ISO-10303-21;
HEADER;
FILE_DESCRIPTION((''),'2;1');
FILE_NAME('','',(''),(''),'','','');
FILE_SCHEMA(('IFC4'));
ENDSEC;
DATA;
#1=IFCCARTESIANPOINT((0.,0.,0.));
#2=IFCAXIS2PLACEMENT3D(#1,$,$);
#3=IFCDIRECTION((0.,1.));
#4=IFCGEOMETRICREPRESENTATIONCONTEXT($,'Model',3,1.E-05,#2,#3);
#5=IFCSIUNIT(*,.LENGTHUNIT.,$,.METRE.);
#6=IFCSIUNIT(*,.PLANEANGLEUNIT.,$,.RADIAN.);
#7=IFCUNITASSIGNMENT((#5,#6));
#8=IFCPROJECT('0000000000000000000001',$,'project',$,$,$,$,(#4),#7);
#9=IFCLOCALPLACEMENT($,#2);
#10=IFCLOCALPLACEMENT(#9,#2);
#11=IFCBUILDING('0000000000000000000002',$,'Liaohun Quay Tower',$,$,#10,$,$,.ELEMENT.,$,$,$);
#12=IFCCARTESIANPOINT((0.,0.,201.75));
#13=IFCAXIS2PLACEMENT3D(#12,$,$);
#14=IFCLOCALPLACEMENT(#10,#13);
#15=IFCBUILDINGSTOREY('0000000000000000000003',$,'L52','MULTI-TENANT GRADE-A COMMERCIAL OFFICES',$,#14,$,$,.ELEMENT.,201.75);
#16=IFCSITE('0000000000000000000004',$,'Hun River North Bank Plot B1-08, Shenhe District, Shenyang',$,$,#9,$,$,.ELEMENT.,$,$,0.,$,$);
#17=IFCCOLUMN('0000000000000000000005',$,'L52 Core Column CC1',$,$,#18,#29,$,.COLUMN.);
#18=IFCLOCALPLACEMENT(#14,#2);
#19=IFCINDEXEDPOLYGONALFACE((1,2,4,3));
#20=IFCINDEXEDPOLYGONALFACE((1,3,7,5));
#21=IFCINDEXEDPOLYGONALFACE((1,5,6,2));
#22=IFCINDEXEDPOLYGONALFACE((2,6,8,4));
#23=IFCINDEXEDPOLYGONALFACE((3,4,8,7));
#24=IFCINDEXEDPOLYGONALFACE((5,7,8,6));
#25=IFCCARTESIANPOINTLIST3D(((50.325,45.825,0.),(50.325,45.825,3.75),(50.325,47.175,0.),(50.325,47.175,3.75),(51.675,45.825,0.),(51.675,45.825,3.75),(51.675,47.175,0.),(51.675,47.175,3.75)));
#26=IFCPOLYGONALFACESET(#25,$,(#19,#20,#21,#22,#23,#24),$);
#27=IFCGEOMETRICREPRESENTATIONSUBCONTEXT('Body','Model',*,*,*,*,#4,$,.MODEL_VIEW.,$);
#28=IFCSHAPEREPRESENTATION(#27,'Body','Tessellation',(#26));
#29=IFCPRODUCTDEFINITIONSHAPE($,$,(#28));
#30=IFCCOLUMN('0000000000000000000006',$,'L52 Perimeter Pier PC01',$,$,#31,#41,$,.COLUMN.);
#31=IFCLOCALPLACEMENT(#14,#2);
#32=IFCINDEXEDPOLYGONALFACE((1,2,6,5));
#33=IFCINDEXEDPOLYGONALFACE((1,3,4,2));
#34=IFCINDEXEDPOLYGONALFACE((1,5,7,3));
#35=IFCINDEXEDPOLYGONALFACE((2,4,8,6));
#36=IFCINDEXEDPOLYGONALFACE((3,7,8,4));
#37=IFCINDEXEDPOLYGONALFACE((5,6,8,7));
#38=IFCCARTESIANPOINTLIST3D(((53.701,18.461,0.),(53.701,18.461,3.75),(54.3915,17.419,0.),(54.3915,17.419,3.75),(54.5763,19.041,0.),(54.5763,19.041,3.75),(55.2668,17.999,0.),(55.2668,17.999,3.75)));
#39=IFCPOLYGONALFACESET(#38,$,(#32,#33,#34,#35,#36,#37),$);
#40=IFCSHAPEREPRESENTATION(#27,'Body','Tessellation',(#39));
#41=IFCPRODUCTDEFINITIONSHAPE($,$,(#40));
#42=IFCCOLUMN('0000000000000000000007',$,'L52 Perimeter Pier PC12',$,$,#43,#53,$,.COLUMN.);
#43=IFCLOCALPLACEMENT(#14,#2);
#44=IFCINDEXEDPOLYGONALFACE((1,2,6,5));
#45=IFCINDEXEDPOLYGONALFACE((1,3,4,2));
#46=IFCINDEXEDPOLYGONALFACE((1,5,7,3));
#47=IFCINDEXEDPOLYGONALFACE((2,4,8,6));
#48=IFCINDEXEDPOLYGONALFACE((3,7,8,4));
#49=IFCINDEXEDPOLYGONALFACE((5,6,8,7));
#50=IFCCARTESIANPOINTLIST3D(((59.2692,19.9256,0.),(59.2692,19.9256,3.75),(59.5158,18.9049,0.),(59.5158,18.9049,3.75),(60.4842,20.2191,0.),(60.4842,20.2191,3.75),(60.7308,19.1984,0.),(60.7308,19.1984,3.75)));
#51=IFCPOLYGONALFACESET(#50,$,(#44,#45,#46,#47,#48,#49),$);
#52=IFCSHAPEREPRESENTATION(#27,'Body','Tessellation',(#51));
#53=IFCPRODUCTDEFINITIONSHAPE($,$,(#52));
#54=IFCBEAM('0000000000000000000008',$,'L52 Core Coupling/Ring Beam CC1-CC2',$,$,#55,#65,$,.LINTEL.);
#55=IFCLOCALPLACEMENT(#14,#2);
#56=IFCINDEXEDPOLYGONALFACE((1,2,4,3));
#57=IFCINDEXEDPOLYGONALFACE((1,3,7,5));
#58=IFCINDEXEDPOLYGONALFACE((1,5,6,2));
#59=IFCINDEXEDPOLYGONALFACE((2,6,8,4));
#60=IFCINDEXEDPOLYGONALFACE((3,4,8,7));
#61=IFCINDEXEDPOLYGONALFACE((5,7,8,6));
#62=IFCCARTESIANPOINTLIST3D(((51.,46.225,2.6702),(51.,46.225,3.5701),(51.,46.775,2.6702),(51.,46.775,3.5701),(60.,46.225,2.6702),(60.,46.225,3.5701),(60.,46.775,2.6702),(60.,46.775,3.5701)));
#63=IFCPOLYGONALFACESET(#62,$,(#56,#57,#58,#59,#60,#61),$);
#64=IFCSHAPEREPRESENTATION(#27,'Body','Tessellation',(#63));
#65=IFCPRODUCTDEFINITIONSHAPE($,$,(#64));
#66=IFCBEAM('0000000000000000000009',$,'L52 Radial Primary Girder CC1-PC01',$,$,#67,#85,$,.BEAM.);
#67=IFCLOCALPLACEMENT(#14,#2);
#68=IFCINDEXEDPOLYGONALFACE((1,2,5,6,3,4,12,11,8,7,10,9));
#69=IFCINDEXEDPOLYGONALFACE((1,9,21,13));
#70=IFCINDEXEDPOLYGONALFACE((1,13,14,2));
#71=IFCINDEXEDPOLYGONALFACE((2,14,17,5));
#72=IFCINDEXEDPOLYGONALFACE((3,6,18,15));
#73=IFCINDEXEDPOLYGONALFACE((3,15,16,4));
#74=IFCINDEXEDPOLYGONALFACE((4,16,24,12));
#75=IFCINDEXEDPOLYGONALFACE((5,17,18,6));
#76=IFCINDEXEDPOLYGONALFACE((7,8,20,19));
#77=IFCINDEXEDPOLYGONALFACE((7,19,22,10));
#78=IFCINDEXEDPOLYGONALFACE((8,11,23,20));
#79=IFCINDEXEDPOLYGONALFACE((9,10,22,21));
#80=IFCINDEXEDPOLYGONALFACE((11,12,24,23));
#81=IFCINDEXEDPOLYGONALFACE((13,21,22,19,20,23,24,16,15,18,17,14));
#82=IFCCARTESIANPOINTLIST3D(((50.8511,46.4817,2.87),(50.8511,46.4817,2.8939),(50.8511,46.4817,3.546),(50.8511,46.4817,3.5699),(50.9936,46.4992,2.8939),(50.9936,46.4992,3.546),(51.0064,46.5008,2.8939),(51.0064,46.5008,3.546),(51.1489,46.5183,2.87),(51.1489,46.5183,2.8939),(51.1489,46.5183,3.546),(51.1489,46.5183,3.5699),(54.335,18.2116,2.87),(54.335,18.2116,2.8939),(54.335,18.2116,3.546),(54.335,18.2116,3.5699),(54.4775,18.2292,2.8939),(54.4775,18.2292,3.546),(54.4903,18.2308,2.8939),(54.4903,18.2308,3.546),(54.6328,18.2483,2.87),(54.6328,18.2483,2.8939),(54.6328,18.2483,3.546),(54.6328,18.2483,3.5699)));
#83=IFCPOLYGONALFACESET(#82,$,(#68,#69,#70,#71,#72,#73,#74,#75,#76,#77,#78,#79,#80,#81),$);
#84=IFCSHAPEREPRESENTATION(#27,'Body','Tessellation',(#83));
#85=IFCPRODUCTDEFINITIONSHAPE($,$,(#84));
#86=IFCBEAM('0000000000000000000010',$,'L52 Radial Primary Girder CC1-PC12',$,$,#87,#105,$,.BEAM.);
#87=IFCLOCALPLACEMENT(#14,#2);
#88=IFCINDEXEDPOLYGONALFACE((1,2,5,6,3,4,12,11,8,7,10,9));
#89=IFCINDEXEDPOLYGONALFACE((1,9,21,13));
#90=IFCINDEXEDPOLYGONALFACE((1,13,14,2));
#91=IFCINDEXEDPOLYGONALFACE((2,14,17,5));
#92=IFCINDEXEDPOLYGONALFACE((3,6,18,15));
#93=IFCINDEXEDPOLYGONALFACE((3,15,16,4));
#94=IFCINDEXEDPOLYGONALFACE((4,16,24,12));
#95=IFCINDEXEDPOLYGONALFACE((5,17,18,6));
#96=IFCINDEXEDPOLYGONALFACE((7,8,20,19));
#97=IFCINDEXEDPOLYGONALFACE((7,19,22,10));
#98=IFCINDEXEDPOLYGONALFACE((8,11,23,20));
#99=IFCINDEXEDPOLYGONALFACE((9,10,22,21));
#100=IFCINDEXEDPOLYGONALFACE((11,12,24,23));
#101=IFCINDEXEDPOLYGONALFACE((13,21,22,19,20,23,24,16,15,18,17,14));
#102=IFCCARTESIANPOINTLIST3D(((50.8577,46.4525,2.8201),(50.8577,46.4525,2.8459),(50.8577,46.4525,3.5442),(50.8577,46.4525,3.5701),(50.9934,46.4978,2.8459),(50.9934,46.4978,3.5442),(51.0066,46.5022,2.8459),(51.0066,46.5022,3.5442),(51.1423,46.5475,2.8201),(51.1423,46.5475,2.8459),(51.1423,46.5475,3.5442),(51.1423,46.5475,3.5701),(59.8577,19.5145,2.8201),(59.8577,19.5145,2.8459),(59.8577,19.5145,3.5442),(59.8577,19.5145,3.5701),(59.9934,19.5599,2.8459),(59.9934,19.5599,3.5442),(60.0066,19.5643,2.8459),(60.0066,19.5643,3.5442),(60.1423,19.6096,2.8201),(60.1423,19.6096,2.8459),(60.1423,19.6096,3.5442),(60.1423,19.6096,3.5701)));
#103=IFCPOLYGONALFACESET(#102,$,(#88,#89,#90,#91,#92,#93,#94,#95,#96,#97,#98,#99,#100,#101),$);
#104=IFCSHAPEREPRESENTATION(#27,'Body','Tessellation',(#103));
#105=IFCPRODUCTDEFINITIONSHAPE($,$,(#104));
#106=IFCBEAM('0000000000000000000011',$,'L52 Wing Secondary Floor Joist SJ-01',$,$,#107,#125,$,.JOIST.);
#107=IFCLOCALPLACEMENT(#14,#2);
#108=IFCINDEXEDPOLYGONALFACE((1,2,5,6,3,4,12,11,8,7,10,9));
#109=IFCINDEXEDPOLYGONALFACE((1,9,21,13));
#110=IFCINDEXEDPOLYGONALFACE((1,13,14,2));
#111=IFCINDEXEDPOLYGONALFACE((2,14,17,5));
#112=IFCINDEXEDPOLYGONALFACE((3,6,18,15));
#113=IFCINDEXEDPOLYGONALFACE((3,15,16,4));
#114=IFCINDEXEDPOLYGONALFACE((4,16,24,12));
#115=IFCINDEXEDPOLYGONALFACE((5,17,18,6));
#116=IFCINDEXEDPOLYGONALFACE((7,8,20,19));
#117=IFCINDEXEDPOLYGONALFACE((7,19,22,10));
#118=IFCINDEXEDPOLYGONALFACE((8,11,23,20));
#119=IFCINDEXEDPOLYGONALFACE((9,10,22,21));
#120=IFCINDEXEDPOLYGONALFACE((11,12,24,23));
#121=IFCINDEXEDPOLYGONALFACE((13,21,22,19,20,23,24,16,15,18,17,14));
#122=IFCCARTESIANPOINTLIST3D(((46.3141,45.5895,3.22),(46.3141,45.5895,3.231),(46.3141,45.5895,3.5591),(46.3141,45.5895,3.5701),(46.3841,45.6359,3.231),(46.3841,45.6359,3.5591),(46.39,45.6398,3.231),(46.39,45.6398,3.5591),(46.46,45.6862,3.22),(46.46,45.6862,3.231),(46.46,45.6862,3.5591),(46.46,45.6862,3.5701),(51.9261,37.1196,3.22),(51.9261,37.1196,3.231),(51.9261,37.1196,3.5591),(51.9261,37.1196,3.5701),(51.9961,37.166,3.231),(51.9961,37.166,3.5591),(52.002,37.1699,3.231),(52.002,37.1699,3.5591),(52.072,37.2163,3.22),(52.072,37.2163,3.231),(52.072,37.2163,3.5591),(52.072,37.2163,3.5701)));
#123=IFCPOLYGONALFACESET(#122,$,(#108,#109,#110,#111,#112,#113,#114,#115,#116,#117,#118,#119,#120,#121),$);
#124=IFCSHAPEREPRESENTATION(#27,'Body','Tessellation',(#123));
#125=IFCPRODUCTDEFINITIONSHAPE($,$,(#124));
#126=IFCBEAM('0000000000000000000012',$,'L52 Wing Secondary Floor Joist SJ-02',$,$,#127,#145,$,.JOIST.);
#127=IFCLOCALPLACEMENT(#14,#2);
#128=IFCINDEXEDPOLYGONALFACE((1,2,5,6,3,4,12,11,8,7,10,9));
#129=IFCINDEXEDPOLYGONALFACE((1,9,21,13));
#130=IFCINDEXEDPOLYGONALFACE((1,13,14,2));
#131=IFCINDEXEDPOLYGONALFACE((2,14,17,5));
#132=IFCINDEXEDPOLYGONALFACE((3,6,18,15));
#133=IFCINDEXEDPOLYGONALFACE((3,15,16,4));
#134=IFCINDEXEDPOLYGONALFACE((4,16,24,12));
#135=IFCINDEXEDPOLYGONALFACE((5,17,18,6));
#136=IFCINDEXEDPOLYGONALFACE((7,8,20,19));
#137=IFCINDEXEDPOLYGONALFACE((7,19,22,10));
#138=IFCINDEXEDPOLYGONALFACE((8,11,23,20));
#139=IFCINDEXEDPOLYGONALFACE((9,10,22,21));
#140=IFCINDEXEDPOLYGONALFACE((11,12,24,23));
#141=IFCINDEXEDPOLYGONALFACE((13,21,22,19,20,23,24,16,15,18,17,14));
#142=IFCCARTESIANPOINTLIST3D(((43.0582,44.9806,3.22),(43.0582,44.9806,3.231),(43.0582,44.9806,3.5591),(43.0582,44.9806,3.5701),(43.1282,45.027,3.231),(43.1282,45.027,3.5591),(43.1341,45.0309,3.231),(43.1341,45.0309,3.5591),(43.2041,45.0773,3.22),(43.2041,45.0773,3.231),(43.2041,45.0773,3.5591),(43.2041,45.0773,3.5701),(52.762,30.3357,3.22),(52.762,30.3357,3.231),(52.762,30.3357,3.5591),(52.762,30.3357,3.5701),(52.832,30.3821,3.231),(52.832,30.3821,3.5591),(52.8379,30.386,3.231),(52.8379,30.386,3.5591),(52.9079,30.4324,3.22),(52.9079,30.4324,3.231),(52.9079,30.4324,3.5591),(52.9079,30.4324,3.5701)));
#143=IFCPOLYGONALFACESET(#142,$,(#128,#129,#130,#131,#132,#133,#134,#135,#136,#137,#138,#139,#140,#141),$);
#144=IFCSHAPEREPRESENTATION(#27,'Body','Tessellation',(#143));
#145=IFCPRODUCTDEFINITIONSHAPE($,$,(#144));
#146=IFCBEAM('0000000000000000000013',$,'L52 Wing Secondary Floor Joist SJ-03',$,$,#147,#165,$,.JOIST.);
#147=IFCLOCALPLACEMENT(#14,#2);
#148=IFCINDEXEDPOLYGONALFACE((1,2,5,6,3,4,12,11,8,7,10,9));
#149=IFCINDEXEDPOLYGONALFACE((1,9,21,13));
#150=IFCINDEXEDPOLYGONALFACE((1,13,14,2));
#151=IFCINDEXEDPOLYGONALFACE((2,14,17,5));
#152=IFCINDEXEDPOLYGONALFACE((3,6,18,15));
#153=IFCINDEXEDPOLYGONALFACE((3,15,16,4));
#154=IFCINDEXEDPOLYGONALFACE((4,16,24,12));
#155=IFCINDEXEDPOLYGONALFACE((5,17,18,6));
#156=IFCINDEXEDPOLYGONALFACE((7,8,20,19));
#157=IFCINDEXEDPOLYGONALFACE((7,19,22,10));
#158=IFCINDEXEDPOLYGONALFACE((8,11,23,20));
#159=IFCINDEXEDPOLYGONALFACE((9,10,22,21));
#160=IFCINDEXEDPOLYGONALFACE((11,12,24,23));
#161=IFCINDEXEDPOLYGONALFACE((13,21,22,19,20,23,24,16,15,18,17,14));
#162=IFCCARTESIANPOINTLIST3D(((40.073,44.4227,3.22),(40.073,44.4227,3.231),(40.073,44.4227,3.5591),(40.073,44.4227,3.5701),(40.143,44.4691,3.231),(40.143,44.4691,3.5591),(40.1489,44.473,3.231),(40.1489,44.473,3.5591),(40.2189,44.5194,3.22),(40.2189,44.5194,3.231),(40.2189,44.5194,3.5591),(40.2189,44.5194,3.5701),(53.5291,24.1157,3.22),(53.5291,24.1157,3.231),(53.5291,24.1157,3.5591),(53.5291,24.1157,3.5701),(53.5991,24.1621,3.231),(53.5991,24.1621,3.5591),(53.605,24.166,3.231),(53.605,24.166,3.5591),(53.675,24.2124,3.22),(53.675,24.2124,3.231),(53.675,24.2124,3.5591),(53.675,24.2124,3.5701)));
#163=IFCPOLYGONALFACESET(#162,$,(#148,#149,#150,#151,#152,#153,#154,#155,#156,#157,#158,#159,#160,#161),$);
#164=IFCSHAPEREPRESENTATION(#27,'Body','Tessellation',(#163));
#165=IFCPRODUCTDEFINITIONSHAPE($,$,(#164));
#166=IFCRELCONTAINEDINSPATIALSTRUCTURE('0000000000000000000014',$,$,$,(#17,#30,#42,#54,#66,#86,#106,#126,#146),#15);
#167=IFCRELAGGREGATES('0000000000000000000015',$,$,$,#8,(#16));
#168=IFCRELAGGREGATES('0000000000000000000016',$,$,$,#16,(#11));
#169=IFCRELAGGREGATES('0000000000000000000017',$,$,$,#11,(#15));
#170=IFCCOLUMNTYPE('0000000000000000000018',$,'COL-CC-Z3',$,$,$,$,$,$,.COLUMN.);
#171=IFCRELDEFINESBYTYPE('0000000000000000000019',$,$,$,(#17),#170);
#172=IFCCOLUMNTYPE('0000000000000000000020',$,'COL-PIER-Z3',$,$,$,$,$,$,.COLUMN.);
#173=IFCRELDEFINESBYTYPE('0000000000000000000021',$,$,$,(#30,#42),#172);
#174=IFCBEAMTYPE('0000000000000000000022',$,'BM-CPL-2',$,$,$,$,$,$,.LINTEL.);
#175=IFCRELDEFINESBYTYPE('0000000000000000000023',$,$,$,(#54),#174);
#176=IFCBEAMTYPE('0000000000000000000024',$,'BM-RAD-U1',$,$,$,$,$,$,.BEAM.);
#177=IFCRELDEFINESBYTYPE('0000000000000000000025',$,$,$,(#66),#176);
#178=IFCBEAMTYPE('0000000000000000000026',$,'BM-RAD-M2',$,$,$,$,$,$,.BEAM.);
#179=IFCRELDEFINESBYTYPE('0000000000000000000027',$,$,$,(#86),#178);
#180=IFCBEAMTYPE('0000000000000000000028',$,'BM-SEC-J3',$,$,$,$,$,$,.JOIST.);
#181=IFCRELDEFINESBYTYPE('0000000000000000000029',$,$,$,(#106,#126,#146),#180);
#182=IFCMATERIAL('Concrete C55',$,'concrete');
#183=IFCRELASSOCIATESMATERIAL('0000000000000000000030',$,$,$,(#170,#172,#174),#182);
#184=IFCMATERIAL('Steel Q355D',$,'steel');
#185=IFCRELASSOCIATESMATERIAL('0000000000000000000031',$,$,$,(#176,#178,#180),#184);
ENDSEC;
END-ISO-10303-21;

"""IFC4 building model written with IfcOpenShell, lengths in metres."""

from ifc_helpers import new_model, si_unit, direction, frame, origin, origin_2d, place, context, subcontext, project, spatial, rectangle, i_section, extrude, source, transform, mapped, material, material_profile, profile_set, type_object, element, save


model = new_model("IFC4")

# Units and contexts
model_context = context("Model", 3, precision=1e-05, world=origin(), true_north=direction((0.0, 1.0)))
body_context = subcontext(model_context, "Body", "Model", "MODEL_VIEW")
ifc_project = project(units=[si_unit("LENGTHUNIT", "METRE"), si_unit("PLANEANGLEUNIT", "RADIAN")], contexts=[model_context])

# Site, building, storey
site_placement = place(None, origin())
site = spatial("IfcSite", under=ifc_project, at=site_placement, Name="Hun River North Bank Plot B1-08, Shenhe District, Shenyang", CompositionType="ELEMENT", RefElevation=0.0)
building_placement = place(site_placement, origin())
building = spatial("IfcBuilding", under=site, at=building_placement, Name="Liaohun Quay Tower", CompositionType="ELEMENT")
storey_placement = place(building_placement, frame((0.0, 0.0, 201.75)))
storey = spatial("IfcBuildingStorey", under=building, at=storey_placement, Name="L52", Description="MULTI-TENANT GRADE-A COMMERCIAL OFFICES", CompositionType="ELEMENT", Elevation=201.75)

# Columns
ifc_material_1 = material(Name="Concrete C55", Category="concrete")
ifc_material_profile_1 = material_profile(ifc_material_1, rectangle(XDim=1.3501, YDim=1.3501, at=origin_2d()), Name="RC1350x1350")
ifc_profile_set_1 = profile_set([ifc_material_profile_1], Name="Concrete C55")
column_type_1 = type_object("IfcColumnType", Name="COL-CC-Z3", PredefinedType="COLUMN", material=ifc_profile_set_1)
shared_shape_1 = source(origin(), body_context, "Body", "SweptSolid", [
    extrude(rectangle(XDim=1.3501, YDim=1.3501, at=origin_2d()), origin(), (0.0, 0.0, 1.0), 3.75),
])
column_placement = place(storey_placement, frame((51.0, 46.5, 0.0), z_axis=(0.0, 0.0, 1.0), x_axis=(1.0, 0.0, 0.0)))
element("IfcColumn", 1, at=column_placement, inside=storey, type_object=column_type_1, Name="L52 Core Column CC1", PredefinedType="COLUMN", context=body_context, shape_type="MappedRepresentation", body=[
    mapped(shared_shape_1, transform((0.0, 0.0, 0.0), x_axis=(1.0, 0.0, 0.0), y_axis=(0.0, 1.0, 0.0), z_axis=(0.0, 0.0, 1.0), scale=1.0)),
])
ifc_material_profile_2 = material_profile(ifc_material_1, rectangle(XDim=1.25, YDim=1.05, at=origin_2d()), Name="RC1250x1050")
ifc_profile_set_2 = profile_set([ifc_material_profile_2], Name="Concrete C55")
column_type_2 = type_object("IfcColumnType", Name="COL-PIER-Z3", PredefinedType="COLUMN", material=ifc_profile_set_2)
shared_shape_2 = source(origin(), body_context, "Body", "SweptSolid", [
    extrude(rectangle(XDim=1.25, YDim=1.05, at=origin_2d()), origin(), (0.0, 0.0, 1.0), 3.75),
])
for number, where, z_axis, x_axis, name in (
    (2, (54.4839, 18.23, 0.0), (0.0, 0.0, 1.0), (-0.552374, 0.833597, 0.0), "L52 Perimeter Pier PC01"),
    (3, (60.0, 19.562, 0.0), (0.0, 0.0, 1.0), (0.972043, 0.234803, 0.0), "L52 Perimeter Pier PC12"),
):
    element("IfcColumn", number, at=place(storey_placement, frame(where, z_axis=z_axis, x_axis=x_axis)), inside=storey, type_object=column_type_2, Name=name, PredefinedType="COLUMN", context=body_context, shape_type="MappedRepresentation", body=[
        mapped(shared_shape_2, transform((0.0, 0.0, 0.0), x_axis=(1.0, 0.0, 0.0), y_axis=(0.0, 1.0, 0.0), z_axis=(0.0, 0.0, 1.0), scale=1.0)),
    ])

# Beams
ifc_material_profile_3 = material_profile(ifc_material_1, rectangle(XDim=0.55, YDim=0.8999, at=origin_2d()), Name="RC550x900")
ifc_profile_set_3 = profile_set([ifc_material_profile_3], Name="Concrete C55")
beam_type_1 = type_object("IfcBeamType", Name="BM-CPL-2", PredefinedType="LINTEL", material=ifc_profile_set_3)
shared_shape_3 = source(origin(), body_context, "Body", "SweptSolid", [
    extrude(rectangle(XDim=0.55, YDim=0.8999, at=origin_2d()), origin(), (0.0, 0.0, 1.0), 9.0),
])
beam_1_placement = place(storey_placement, frame((51.0, 46.5, 3.1201), z_axis=(1.0, 0.0, 0.0), x_axis=(0.0, 1.0, 0.0)))
element("IfcBeam", 4, at=beam_1_placement, inside=storey, type_object=beam_type_1, Name="L52 Core Coupling/Ring Beam CC1-CC2", PredefinedType="LINTEL", context=body_context, shape_type="MappedRepresentation", body=[
    mapped(shared_shape_3, transform((0.0, 0.0, 0.0), x_axis=(1.0, 0.0, 0.0), y_axis=(0.0, 1.0, 0.0), z_axis=(0.0, 0.0, 1.0), scale=1.0)),
])
ifc_material_2 = material(Name="Steel Q355D", Category="steel")
ifc_material_profile_4 = material_profile(ifc_material_2, i_section(OverallWidth=0.3, OverallDepth=0.7, WebThickness=0.0129, FlangeThickness=0.0239, at=origin_2d()), Name="HN700x300x13x24")
ifc_profile_set_4 = profile_set([ifc_material_profile_4], Name="Steel Q355D")
beam_type_2 = type_object("IfcBeamType", Name="BM-RAD-U1", PredefinedType="BEAM", material=ifc_profile_set_4)
shared_shape_4 = source(origin(), body_context, "Body", "SweptSolid", [
    extrude(i_section(OverallWidth=0.3, OverallDepth=0.7, WebThickness=0.0129, FlangeThickness=0.0239, at=origin_2d()), origin(), (0.0, 0.0, 1.0), 28.4839),
])
beam_2_placement = place(storey_placement, frame((51.0, 46.5, 3.22), z_axis=(0.122311, -0.992492, 0.0), x_axis=(0.992492, 0.122311, 0.0)))
element("IfcBeam", 5, at=beam_2_placement, inside=storey, type_object=beam_type_2, Name="L52 Radial Primary Girder CC1-PC01", PredefinedType="BEAM", context=body_context, shape_type="MappedRepresentation", body=[
    mapped(shared_shape_4, transform((0.0, 0.0, 0.0), x_axis=(1.0, 0.0, 0.0), y_axis=(0.0, 1.0, 0.0), z_axis=(0.0, 0.0, 1.0), scale=1.0)),
])
ifc_material_profile_5 = material_profile(ifc_material_2, i_section(OverallWidth=0.3, OverallDepth=0.75, WebThickness=0.0139, FlangeThickness=0.0259, at=origin_2d()), Name="HN750x300x14x26")
ifc_profile_set_5 = profile_set([ifc_material_profile_5], Name="Steel Q355D")
beam_type_3 = type_object("IfcBeamType", Name="BM-RAD-M2", PredefinedType="BEAM", material=ifc_profile_set_5)
shared_shape_5 = source(origin(), body_context, "Body", "SweptSolid", [
    extrude(i_section(OverallWidth=0.3, OverallDepth=0.75, WebThickness=0.0139, FlangeThickness=0.0259, at=origin_2d()), origin(), (0.0, 0.0, 1.0), 28.4016),
])
beam_3_placement = place(storey_placement, frame((51.0, 46.5, 3.1951), z_axis=(0.316883, -0.948465, 0.0), x_axis=(0.948465, 0.316883, 0.0)))
element("IfcBeam", 6, at=beam_3_placement, inside=storey, type_object=beam_type_3, Name="L52 Radial Primary Girder CC1-PC12", PredefinedType="BEAM", context=body_context, shape_type="MappedRepresentation", body=[
    mapped(shared_shape_5, transform((0.0, 0.0, 0.0), x_axis=(1.0, 0.0, 0.0), y_axis=(0.0, 1.0, 0.0), z_axis=(0.0, 0.0, 1.0), scale=1.0)),
])
ifc_material_profile_6 = material_profile(ifc_material_2, i_section(OverallWidth=0.175, OverallDepth=0.3501, WebThickness=0.0071, FlangeThickness=0.011, at=origin_2d()), Name="HN350x175x7x11")
ifc_profile_set_6 = profile_set([ifc_material_profile_6], Name="Steel Q355D")
beam_type_4 = type_object("IfcBeamType", Name="BM-SEC-J3", PredefinedType="JOIST", material=ifc_profile_set_6)
shared_shape_6 = source(origin(), body_context, "Body", "SweptSolid", [
    extrude(i_section(OverallWidth=0.175, OverallDepth=0.3501, WebThickness=0.0071, FlangeThickness=0.011, at=origin_2d()), origin(), (0.0, 0.0, 1.0), 10.1604),
])
beam_4_placement = place(storey_placement, frame((51.999, 37.168, 3.395), z_axis=(-0.552341, 0.833618, 0.0), x_axis=(-0.833618, -0.552341, 0.0)))
element("IfcBeam", 7, at=beam_4_placement, inside=storey, type_object=beam_type_4, Name="L52 Wing Secondary Floor Joist SJ-01", PredefinedType="JOIST", context=body_context, shape_type="MappedRepresentation", body=[
    mapped(shared_shape_6, transform((0.0, 0.0, 0.0), x_axis=(1.0, 0.0, 0.0), y_axis=(0.0, 1.0, 0.0), z_axis=(0.0, 0.0, 1.0), scale=1.0)),
])
shared_shape_7 = source(origin(), body_context, "Body", "SweptSolid", [
    extrude(i_section(OverallWidth=0.175, OverallDepth=0.3501, WebThickness=0.0071, FlangeThickness=0.011, at=origin_2d()), origin(), (0.0, 0.0, 1.0), 17.5681),
])
beam_5_placement = place(storey_placement, frame((52.835, 30.384, 3.395), z_axis=(-0.552354, 0.83361, 0.0), x_axis=(-0.83361, -0.552354, 0.0)))
element("IfcBeam", 8, at=beam_5_placement, inside=storey, type_object=beam_type_4, Name="L52 Wing Secondary Floor Joist SJ-02", PredefinedType="JOIST", context=body_context, shape_type="MappedRepresentation", body=[
    mapped(shared_shape_7, transform((0.0, 0.0, 0.0), x_axis=(1.0, 0.0, 0.0), y_axis=(0.0, 1.0, 0.0), z_axis=(0.0, 0.0, 1.0), scale=1.0)),
])
shared_shape_8 = source(origin(), body_context, "Body", "SweptSolid", [
    extrude(i_section(OverallWidth=0.175, OverallDepth=0.3501, WebThickness=0.0071, FlangeThickness=0.011, at=origin_2d()), origin(), (0.0, 0.0, 1.0), 24.3606),
])
beam_6_placement = place(storey_placement, frame((53.6021, 24.1641, 3.395), z_axis=(-0.552371, 0.833598, 0.0), x_axis=(-0.833598, -0.552371, 0.0)))
element("IfcBeam", 9, at=beam_6_placement, inside=storey, type_object=beam_type_4, Name="L52 Wing Secondary Floor Joist SJ-03", PredefinedType="JOIST", context=body_context, shape_type="MappedRepresentation", body=[
    mapped(shared_shape_8, transform((0.0, 0.0, 0.0), x_axis=(1.0, 0.0, 0.0), y_axis=(0.0, 1.0, 0.0), z_axis=(0.0, 0.0, 1.0), scale=1.0)),
])

save(model, "model.ifc")
